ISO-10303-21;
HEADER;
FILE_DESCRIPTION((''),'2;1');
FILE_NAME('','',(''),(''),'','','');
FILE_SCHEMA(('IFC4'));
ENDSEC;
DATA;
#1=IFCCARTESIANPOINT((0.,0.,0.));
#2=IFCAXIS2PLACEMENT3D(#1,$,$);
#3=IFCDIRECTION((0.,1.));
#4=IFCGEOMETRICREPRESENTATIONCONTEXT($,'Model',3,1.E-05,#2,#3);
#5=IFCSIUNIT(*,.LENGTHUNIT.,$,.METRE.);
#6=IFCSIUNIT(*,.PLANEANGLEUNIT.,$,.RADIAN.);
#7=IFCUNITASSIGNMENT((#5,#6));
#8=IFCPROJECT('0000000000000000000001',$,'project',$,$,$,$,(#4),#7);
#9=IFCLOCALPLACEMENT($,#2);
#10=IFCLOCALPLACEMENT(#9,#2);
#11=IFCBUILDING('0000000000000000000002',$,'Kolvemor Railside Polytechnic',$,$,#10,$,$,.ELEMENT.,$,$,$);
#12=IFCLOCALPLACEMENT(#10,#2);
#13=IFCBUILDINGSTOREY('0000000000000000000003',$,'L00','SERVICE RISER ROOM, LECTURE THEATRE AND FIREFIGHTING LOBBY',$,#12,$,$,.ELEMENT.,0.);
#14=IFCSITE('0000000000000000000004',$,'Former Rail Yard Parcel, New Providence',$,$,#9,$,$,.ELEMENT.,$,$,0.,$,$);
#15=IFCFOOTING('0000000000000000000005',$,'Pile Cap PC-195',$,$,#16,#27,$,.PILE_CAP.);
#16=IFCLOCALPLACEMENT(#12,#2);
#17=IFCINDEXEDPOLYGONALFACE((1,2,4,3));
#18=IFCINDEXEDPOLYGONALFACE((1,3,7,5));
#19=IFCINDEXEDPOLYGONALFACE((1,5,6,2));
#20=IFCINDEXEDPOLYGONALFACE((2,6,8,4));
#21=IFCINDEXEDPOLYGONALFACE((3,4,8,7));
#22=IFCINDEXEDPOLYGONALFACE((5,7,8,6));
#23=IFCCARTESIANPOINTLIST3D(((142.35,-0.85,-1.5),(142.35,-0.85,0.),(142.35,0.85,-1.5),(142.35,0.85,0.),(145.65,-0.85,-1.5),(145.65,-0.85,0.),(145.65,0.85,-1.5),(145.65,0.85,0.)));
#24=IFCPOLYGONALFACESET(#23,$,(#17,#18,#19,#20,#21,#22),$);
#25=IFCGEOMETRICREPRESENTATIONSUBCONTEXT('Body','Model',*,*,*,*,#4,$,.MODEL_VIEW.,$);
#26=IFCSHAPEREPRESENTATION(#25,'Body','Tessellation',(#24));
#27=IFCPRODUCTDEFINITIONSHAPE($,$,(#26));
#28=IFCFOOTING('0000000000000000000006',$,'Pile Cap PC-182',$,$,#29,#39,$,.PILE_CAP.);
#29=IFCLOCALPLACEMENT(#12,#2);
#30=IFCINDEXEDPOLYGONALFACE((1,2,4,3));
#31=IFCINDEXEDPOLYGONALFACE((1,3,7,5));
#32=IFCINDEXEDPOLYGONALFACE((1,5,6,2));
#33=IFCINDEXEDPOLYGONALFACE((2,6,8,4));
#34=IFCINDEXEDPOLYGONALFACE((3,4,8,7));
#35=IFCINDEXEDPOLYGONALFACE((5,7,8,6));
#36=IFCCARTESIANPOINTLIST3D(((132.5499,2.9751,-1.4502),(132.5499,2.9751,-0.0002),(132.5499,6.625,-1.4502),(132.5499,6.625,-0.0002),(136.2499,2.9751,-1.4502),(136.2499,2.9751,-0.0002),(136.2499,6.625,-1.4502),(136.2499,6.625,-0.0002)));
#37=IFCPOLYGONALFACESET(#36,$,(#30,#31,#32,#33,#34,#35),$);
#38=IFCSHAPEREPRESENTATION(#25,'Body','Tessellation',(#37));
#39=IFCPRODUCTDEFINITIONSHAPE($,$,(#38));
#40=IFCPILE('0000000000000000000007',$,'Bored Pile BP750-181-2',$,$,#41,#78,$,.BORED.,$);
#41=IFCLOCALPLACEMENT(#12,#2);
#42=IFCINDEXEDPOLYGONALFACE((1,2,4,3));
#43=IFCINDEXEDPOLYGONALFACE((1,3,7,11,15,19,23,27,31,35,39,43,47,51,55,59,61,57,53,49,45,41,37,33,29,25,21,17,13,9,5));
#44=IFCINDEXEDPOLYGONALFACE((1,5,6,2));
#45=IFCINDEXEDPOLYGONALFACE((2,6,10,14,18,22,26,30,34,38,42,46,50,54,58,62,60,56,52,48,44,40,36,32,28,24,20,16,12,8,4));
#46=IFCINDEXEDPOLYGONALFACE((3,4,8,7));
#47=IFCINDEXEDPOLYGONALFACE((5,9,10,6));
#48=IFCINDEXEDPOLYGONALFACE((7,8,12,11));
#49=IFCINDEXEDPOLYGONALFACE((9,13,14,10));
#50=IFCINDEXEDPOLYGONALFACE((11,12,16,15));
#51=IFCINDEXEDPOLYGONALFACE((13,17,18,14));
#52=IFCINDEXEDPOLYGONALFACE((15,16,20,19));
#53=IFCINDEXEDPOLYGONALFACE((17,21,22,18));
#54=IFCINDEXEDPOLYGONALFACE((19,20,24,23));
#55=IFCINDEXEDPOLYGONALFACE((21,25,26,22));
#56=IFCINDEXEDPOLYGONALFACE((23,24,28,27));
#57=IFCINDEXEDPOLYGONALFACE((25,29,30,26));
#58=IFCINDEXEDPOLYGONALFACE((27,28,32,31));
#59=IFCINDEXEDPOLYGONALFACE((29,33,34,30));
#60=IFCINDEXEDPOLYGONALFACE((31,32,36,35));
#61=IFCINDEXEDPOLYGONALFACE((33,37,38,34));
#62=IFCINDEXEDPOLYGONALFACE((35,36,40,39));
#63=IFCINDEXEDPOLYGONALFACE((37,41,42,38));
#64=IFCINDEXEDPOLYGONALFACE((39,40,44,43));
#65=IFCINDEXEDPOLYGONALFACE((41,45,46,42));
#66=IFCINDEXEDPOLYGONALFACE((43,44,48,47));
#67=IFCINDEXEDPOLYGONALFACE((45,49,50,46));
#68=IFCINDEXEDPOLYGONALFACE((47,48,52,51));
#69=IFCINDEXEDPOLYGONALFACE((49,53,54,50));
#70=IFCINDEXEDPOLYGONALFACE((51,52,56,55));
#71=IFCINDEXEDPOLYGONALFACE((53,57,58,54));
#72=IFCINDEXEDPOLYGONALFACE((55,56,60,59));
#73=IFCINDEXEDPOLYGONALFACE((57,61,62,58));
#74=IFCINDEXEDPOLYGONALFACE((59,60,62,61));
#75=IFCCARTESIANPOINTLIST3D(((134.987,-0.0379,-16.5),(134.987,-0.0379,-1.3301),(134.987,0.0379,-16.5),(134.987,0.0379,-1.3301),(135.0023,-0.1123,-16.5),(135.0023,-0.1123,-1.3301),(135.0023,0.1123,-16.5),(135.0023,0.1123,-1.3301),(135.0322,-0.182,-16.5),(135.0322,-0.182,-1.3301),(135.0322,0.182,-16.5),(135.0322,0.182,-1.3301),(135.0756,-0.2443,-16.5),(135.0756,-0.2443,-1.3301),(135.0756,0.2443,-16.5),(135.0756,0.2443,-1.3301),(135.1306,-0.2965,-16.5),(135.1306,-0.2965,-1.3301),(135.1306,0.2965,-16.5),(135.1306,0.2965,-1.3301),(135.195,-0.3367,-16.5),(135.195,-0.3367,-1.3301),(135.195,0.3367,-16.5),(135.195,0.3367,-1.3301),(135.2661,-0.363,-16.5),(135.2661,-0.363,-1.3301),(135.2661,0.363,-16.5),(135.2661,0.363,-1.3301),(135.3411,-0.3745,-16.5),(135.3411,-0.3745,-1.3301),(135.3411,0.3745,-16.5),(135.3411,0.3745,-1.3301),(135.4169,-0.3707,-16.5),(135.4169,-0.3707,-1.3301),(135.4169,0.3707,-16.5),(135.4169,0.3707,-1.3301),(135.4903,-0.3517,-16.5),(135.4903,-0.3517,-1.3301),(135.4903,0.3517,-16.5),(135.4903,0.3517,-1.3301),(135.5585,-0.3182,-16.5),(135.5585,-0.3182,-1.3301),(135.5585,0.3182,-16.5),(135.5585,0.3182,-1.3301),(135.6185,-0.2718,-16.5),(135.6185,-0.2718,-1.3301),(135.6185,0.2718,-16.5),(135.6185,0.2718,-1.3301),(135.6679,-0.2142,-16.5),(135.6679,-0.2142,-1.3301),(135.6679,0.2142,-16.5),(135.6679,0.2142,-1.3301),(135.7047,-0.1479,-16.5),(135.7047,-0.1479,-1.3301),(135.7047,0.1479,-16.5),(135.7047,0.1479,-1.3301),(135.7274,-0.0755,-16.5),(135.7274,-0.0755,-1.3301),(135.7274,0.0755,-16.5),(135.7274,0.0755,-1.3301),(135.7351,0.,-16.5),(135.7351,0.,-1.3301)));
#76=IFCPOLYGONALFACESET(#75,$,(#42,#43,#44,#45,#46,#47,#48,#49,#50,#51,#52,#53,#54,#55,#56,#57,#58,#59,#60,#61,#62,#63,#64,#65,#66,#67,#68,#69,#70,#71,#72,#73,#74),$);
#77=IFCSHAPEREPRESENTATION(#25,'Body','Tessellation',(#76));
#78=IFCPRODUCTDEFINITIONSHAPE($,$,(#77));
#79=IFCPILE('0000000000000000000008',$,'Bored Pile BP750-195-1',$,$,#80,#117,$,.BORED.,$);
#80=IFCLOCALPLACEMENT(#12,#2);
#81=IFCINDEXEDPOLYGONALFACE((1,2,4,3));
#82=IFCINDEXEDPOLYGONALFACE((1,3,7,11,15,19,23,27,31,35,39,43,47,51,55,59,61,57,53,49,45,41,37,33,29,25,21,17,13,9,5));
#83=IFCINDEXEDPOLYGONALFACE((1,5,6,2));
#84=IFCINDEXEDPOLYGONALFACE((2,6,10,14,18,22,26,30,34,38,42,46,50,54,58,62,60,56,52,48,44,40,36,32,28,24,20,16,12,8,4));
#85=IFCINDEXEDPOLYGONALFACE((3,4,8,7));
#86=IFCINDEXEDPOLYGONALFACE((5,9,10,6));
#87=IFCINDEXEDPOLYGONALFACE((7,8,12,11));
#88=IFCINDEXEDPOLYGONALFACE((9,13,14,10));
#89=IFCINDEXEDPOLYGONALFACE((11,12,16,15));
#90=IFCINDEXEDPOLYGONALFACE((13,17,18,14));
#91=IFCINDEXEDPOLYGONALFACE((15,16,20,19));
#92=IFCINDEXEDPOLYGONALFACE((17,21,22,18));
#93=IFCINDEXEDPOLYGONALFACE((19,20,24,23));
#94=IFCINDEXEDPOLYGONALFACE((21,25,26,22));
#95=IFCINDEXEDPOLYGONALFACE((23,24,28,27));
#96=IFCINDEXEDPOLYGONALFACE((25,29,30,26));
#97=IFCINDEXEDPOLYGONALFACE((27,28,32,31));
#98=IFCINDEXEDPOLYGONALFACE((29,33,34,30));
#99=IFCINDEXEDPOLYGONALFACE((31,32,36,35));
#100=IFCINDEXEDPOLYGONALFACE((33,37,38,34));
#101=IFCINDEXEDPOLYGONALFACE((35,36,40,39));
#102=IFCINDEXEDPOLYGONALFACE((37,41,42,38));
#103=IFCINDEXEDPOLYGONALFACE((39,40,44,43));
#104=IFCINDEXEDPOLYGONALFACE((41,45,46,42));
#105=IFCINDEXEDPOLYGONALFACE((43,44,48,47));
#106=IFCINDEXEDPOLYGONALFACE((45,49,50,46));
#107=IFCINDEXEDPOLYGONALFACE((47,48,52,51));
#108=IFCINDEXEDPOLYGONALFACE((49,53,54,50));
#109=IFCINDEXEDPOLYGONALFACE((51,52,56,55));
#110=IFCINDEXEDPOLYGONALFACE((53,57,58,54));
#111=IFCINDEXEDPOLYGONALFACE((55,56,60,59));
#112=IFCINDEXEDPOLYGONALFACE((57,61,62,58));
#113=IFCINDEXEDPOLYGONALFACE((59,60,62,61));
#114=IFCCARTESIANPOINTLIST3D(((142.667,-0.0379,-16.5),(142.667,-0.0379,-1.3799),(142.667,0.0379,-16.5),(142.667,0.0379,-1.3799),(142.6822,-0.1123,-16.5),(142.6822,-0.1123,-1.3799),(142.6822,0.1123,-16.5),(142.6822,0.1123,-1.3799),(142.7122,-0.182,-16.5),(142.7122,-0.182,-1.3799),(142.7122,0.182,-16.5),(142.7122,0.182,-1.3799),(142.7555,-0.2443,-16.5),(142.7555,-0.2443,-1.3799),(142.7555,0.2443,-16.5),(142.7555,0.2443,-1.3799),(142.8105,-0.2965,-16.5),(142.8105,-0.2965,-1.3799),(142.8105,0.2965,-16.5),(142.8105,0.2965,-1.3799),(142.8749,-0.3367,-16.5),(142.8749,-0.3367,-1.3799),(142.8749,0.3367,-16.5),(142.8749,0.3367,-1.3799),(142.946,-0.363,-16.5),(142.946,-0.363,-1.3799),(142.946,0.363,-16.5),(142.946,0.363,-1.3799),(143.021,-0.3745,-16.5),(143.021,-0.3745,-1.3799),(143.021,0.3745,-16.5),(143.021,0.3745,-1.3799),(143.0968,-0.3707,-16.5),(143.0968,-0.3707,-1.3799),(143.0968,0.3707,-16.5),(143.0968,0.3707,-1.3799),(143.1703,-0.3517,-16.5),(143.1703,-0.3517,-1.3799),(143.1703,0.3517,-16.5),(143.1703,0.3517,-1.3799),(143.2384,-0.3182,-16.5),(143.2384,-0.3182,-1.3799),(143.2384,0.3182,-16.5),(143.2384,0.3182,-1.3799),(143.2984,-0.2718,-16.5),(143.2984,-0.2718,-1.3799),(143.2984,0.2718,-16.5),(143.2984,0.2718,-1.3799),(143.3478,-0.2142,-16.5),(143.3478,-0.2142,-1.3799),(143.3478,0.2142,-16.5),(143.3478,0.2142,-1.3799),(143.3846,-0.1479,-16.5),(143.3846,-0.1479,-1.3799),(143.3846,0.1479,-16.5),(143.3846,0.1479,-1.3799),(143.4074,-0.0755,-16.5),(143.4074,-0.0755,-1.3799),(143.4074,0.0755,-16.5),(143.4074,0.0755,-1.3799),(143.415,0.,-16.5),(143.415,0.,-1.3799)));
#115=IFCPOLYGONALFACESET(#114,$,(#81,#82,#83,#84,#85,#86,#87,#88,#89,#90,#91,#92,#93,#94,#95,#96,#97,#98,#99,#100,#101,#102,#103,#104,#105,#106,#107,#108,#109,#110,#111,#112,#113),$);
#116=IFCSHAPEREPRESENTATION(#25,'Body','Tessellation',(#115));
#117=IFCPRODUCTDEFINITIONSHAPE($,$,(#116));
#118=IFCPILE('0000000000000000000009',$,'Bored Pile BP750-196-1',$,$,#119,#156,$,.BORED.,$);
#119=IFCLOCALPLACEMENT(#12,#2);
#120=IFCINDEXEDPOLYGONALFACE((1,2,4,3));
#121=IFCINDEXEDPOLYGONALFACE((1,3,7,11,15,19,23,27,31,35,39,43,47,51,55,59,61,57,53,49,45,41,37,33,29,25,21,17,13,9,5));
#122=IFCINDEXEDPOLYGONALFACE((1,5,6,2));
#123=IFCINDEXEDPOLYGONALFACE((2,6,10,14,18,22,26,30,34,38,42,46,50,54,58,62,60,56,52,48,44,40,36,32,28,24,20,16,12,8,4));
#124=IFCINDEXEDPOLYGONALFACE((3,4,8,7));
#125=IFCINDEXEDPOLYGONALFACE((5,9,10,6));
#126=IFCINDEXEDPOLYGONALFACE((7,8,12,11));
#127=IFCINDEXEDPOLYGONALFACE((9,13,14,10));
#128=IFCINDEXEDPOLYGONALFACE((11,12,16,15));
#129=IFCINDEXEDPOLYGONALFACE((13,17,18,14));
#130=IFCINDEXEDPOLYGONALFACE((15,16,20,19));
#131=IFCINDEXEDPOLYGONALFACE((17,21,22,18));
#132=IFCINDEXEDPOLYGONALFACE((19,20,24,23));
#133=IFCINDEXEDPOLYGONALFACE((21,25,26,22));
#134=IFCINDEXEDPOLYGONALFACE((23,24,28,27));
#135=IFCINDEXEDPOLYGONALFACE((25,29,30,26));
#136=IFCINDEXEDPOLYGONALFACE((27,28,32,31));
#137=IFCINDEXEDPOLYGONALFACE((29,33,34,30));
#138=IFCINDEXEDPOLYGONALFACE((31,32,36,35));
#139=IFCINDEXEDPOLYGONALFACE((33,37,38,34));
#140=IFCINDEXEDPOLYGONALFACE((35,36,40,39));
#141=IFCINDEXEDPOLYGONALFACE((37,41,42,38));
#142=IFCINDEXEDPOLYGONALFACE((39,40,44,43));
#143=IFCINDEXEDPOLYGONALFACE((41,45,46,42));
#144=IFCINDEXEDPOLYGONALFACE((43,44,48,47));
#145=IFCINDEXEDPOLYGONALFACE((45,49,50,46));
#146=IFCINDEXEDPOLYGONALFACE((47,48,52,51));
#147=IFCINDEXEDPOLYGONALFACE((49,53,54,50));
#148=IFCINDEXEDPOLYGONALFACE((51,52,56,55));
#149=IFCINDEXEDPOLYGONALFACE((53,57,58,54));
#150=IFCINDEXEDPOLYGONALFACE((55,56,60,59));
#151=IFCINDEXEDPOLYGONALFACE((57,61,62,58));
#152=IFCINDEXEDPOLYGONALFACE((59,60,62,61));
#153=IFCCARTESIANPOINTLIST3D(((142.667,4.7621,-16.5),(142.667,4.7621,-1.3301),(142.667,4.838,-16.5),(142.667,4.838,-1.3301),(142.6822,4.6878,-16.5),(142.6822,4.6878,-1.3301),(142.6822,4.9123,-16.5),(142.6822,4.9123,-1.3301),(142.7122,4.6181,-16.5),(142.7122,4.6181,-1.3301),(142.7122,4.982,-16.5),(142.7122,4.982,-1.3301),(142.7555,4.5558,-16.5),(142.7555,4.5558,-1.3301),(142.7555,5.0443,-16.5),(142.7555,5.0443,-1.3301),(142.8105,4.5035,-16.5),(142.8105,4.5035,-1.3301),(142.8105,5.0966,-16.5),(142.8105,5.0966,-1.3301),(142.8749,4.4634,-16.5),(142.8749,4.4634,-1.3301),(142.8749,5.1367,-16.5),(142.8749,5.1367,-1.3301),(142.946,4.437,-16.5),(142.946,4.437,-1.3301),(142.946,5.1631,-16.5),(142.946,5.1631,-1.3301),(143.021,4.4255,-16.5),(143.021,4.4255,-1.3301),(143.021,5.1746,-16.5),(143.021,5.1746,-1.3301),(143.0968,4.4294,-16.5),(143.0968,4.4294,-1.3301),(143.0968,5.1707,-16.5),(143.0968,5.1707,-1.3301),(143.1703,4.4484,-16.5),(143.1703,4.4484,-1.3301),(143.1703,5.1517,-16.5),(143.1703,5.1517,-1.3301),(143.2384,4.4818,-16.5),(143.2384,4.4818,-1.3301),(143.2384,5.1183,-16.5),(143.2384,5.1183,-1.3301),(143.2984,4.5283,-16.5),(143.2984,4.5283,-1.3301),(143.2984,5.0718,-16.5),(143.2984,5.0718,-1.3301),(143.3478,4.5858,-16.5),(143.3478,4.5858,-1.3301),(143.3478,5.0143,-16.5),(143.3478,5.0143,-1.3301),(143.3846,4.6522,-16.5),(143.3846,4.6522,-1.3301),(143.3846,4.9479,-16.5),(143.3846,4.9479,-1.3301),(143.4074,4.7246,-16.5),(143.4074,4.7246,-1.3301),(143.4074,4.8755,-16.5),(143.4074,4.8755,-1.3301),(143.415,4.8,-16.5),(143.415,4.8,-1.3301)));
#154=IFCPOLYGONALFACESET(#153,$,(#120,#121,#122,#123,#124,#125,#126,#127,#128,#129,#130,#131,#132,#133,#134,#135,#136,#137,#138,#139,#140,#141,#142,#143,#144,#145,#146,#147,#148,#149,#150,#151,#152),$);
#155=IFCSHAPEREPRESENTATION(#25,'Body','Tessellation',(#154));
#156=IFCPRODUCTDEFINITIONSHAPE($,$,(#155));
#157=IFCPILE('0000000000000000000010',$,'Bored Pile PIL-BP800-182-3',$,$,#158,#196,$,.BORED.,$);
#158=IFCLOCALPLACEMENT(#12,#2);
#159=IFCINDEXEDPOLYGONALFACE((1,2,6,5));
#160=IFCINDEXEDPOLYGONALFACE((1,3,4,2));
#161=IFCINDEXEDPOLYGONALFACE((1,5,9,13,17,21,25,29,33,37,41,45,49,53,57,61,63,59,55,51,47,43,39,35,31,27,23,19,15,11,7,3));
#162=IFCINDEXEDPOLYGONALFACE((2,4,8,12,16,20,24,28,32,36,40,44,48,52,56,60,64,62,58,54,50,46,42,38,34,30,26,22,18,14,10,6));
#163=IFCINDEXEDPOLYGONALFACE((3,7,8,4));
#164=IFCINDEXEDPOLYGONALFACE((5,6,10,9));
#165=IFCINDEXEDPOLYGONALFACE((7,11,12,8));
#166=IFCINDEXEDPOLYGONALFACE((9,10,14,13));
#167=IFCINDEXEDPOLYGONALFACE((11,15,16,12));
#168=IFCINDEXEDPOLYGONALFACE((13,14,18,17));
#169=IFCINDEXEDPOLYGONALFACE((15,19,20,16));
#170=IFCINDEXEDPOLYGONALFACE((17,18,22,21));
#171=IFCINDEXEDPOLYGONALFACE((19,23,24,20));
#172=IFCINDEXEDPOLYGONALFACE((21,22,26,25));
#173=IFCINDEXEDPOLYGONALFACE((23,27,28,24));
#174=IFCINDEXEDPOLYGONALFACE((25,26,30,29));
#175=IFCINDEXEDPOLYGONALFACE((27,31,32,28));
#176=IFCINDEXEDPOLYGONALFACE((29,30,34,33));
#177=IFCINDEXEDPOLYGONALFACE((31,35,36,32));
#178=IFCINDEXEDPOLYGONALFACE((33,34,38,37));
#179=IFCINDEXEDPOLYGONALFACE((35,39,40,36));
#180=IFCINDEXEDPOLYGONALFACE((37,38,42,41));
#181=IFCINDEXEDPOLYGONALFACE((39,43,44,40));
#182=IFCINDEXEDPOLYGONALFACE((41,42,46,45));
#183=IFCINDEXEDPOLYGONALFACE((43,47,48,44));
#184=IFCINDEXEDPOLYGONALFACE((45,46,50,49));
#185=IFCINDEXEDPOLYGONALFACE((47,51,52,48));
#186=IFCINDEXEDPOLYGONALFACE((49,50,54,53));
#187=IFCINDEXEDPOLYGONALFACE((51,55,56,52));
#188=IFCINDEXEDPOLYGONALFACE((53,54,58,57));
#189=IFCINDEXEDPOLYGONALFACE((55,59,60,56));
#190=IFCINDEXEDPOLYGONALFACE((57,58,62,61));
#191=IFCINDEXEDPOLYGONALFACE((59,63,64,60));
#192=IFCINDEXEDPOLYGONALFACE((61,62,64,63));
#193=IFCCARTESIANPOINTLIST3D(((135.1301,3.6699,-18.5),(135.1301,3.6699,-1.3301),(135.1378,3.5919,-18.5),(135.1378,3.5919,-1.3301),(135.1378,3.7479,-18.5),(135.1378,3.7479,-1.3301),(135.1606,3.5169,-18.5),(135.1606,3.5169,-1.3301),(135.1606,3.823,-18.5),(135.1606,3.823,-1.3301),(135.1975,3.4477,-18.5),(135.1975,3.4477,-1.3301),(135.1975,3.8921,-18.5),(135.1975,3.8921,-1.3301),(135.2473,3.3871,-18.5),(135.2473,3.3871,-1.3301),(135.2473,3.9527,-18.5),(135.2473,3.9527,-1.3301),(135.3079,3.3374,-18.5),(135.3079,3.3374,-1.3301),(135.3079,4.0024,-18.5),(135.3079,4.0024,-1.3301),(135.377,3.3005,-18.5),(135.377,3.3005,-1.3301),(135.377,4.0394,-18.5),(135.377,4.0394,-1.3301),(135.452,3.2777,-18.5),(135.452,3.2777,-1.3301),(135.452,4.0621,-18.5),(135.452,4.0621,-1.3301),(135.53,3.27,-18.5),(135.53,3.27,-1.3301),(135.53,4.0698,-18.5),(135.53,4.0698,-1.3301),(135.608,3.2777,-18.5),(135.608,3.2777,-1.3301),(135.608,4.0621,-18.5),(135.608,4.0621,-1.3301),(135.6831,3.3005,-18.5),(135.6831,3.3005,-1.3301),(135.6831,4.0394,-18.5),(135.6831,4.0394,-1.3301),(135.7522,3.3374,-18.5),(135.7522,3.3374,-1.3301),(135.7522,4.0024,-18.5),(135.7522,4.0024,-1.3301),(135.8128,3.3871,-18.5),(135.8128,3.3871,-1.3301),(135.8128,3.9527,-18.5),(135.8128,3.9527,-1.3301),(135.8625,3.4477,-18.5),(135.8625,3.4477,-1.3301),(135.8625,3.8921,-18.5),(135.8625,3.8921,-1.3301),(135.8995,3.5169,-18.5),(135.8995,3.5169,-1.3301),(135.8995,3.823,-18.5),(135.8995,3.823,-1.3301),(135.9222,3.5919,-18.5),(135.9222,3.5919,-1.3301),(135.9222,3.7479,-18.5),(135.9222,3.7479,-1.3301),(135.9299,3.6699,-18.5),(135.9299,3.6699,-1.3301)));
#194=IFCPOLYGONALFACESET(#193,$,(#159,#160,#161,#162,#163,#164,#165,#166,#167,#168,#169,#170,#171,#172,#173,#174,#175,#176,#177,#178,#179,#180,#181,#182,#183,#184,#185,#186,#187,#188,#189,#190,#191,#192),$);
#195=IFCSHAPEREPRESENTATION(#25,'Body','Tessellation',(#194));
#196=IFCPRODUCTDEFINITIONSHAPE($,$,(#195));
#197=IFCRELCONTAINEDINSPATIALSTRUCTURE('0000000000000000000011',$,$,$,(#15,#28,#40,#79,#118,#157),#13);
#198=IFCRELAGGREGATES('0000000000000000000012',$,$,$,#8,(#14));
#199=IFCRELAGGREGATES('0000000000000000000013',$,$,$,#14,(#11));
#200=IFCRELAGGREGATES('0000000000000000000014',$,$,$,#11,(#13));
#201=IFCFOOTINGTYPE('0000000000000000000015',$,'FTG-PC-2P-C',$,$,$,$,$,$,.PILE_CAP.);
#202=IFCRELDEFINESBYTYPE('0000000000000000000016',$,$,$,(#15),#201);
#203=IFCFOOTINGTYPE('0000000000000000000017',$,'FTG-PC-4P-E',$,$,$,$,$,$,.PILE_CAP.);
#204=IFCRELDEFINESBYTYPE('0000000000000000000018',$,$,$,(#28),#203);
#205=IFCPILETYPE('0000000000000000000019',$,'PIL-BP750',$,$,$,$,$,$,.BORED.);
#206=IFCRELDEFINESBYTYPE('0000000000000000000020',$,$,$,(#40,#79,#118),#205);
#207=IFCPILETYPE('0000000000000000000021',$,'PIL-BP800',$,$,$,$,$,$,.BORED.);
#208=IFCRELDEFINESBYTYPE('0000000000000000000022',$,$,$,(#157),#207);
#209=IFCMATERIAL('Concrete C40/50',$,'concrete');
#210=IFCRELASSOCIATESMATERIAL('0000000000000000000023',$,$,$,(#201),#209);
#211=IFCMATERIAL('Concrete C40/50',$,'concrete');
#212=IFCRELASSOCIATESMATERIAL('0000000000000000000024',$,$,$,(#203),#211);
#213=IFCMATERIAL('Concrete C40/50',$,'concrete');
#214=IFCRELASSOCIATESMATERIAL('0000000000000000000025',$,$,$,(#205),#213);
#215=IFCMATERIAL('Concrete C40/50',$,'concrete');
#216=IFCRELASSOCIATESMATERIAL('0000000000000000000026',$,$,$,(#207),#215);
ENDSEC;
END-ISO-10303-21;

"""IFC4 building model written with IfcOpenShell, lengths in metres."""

from ifc_helpers import new_model, si_unit, direction, frame, origin, origin_2d, place, context, subcontext, project, spatial, rectangle, circle, extrude, material, material_profile, profile_set, type_object, element, save


model = new_model("IFC4")

# Units and contexts
model_context = context("Model", 3, precision=1e-05, world=origin(), true_north=direction((0.0, 1.0)))
body_context = subcontext(model_context, "Body", "Model", "MODEL_VIEW")
ifc_project = project(units=[si_unit("LENGTHUNIT", "METRE"), si_unit("PLANEANGLEUNIT", "RADIAN")], contexts=[model_context])

# Site, building, storey
site_placement = place(None, origin())
site = spatial("IfcSite", under=ifc_project, at=site_placement, Name="Former Rail Yard Parcel, New Providence", CompositionType="ELEMENT", RefElevation=0.0)
building_placement = place(site_placement, origin())
building = spatial("IfcBuilding", under=site, at=building_placement, Name="Kolvemor Railside Polytechnic", CompositionType="ELEMENT")
storey_placement = place(building_placement, origin())
storey = spatial("IfcBuildingStorey", under=building, at=storey_placement, Name="L00", Description="SERVICE RISER ROOM, LECTURE THEATRE AND FIREFIGHTING LOBBY", CompositionType="ELEMENT", Elevation=0.0)

# Footings
ifc_material_1 = material(Name="Concrete C40/50", Category="concrete")
footing_type_1 = type_object("IfcFootingType", Name="FTG-PC-2P-C", PredefinedType="PILE_CAP", material=ifc_material_1)
footing_1_placement = place(storey_placement, frame((144.0, 0.0, -1.5), z_axis=(0.0, 0.0, 1.0), x_axis=(1.0, 0.0, 0.0)))
element("IfcFooting", 1, at=footing_1_placement, inside=storey, type_object=footing_type_1, Name="Pile Cap PC-195", PredefinedType="PILE_CAP", context=body_context, shape_type="SweptSolid", body=[
    extrude(rectangle(XDim=3.3, YDim=1.7, at=origin_2d()), origin(), (0.0, 0.0, 1.0), 1.5),
])
ifc_material_2 = material(Name="Concrete C40/50", Category="concrete")
footing_type_2 = type_object("IfcFootingType", Name="FTG-PC-4P-E", PredefinedType="PILE_CAP", material=ifc_material_2)
footing_2_placement = place(storey_placement, frame((134.3999, 4.8, -1.4502), z_axis=(0.0, 0.0, 1.0), x_axis=(1.0, 0.0, 0.0)))
element("IfcFooting", 2, at=footing_2_placement, inside=storey, type_object=footing_type_2, Name="Pile Cap PC-182", PredefinedType="PILE_CAP", context=body_context, shape_type="SweptSolid", body=[
    extrude(rectangle(XDim=3.7, YDim=3.6499, at=origin_2d()), origin(), (0.0, 0.0, 1.0), 1.45),
])

# Piles
ifc_material_3 = material(Name="Concrete C40/50", Category="concrete")
ifc_material_profile_1 = material_profile(ifc_material_3, circle(Radius=0.375, at=origin_2d()), Name="BP750")
ifc_profile_set_1 = profile_set([ifc_material_profile_1], Name="Concrete C40/50")
pile_type_1 = type_object("IfcPileType", Name="PIL-BP750", PredefinedType="BORED", material=ifc_profile_set_1)
pile_1_placement = place(storey_placement, frame((135.3601, 0.0, -1.3301), z_axis=(0.0, 0.0, -1.0), x_axis=(1.0, 0.0, 0.0)))
element("IfcPile", 3, at=pile_1_placement, inside=storey, type_object=pile_type_1, Name="Bored Pile BP750-181-2", PredefinedType="BORED", context=body_context, shape_type="SweptSolid", body=[
    extrude(circle(Radius=0.375, at=origin_2d()), origin(), (0.0, 0.0, 1.0), 15.1699),
])
pile_2_placement = place(storey_placement, frame((143.04, 0.0, -1.3799), z_axis=(0.0, 0.0, -1.0), x_axis=(1.0, 0.0, 0.0)))
element("IfcPile", 4, at=pile_2_placement, inside=storey, type_object=pile_type_1, Name="Bored Pile BP750-195-1", PredefinedType="BORED", context=body_context, shape_type="SweptSolid", body=[
    extrude(circle(Radius=0.375, at=origin_2d()), origin(), (0.0, 0.0, 1.0), 15.1201),
])
pile_3_placement = place(storey_placement, frame((143.04, 4.8, -1.3301), z_axis=(0.0, 0.0, -1.0), x_axis=(1.0, 0.0, 0.0)))
element("IfcPile", 5, at=pile_3_placement, inside=storey, type_object=pile_type_1, Name="Bored Pile BP750-196-1", PredefinedType="BORED", context=body_context, shape_type="SweptSolid", body=[
    extrude(circle(Radius=0.375, at=origin_2d()), origin(), (0.0, 0.0, 1.0), 15.1699),
])
ifc_material_4 = material(Name="Concrete C40/50", Category="concrete")
ifc_material_profile_2 = material_profile(ifc_material_4, circle(Radius=0.3999, at=origin_2d()), Name="BP800")
ifc_profile_set_2 = profile_set([ifc_material_profile_2], Name="Concrete C40/50")
pile_type_2 = type_object("IfcPileType", Name="PIL-BP800", PredefinedType="BORED", material=ifc_profile_set_2)
pile_4_placement = place(storey_placement, frame((135.53, 3.6699, -1.3301), z_axis=(0.0, 0.0, -1.0), x_axis=(1.0, 0.0, 0.0)))
element("IfcPile", 6, at=pile_4_placement, inside=storey, type_object=pile_type_2, Name="Bored Pile PIL-BP800-182-3", PredefinedType="BORED", context=body_context, shape_type="SweptSolid", body=[
    extrude(circle(Radius=0.3999, at=origin_2d()), origin(), (0.0, 0.0, 1.0), 17.1699),
])

save(model, "model.ifc")
